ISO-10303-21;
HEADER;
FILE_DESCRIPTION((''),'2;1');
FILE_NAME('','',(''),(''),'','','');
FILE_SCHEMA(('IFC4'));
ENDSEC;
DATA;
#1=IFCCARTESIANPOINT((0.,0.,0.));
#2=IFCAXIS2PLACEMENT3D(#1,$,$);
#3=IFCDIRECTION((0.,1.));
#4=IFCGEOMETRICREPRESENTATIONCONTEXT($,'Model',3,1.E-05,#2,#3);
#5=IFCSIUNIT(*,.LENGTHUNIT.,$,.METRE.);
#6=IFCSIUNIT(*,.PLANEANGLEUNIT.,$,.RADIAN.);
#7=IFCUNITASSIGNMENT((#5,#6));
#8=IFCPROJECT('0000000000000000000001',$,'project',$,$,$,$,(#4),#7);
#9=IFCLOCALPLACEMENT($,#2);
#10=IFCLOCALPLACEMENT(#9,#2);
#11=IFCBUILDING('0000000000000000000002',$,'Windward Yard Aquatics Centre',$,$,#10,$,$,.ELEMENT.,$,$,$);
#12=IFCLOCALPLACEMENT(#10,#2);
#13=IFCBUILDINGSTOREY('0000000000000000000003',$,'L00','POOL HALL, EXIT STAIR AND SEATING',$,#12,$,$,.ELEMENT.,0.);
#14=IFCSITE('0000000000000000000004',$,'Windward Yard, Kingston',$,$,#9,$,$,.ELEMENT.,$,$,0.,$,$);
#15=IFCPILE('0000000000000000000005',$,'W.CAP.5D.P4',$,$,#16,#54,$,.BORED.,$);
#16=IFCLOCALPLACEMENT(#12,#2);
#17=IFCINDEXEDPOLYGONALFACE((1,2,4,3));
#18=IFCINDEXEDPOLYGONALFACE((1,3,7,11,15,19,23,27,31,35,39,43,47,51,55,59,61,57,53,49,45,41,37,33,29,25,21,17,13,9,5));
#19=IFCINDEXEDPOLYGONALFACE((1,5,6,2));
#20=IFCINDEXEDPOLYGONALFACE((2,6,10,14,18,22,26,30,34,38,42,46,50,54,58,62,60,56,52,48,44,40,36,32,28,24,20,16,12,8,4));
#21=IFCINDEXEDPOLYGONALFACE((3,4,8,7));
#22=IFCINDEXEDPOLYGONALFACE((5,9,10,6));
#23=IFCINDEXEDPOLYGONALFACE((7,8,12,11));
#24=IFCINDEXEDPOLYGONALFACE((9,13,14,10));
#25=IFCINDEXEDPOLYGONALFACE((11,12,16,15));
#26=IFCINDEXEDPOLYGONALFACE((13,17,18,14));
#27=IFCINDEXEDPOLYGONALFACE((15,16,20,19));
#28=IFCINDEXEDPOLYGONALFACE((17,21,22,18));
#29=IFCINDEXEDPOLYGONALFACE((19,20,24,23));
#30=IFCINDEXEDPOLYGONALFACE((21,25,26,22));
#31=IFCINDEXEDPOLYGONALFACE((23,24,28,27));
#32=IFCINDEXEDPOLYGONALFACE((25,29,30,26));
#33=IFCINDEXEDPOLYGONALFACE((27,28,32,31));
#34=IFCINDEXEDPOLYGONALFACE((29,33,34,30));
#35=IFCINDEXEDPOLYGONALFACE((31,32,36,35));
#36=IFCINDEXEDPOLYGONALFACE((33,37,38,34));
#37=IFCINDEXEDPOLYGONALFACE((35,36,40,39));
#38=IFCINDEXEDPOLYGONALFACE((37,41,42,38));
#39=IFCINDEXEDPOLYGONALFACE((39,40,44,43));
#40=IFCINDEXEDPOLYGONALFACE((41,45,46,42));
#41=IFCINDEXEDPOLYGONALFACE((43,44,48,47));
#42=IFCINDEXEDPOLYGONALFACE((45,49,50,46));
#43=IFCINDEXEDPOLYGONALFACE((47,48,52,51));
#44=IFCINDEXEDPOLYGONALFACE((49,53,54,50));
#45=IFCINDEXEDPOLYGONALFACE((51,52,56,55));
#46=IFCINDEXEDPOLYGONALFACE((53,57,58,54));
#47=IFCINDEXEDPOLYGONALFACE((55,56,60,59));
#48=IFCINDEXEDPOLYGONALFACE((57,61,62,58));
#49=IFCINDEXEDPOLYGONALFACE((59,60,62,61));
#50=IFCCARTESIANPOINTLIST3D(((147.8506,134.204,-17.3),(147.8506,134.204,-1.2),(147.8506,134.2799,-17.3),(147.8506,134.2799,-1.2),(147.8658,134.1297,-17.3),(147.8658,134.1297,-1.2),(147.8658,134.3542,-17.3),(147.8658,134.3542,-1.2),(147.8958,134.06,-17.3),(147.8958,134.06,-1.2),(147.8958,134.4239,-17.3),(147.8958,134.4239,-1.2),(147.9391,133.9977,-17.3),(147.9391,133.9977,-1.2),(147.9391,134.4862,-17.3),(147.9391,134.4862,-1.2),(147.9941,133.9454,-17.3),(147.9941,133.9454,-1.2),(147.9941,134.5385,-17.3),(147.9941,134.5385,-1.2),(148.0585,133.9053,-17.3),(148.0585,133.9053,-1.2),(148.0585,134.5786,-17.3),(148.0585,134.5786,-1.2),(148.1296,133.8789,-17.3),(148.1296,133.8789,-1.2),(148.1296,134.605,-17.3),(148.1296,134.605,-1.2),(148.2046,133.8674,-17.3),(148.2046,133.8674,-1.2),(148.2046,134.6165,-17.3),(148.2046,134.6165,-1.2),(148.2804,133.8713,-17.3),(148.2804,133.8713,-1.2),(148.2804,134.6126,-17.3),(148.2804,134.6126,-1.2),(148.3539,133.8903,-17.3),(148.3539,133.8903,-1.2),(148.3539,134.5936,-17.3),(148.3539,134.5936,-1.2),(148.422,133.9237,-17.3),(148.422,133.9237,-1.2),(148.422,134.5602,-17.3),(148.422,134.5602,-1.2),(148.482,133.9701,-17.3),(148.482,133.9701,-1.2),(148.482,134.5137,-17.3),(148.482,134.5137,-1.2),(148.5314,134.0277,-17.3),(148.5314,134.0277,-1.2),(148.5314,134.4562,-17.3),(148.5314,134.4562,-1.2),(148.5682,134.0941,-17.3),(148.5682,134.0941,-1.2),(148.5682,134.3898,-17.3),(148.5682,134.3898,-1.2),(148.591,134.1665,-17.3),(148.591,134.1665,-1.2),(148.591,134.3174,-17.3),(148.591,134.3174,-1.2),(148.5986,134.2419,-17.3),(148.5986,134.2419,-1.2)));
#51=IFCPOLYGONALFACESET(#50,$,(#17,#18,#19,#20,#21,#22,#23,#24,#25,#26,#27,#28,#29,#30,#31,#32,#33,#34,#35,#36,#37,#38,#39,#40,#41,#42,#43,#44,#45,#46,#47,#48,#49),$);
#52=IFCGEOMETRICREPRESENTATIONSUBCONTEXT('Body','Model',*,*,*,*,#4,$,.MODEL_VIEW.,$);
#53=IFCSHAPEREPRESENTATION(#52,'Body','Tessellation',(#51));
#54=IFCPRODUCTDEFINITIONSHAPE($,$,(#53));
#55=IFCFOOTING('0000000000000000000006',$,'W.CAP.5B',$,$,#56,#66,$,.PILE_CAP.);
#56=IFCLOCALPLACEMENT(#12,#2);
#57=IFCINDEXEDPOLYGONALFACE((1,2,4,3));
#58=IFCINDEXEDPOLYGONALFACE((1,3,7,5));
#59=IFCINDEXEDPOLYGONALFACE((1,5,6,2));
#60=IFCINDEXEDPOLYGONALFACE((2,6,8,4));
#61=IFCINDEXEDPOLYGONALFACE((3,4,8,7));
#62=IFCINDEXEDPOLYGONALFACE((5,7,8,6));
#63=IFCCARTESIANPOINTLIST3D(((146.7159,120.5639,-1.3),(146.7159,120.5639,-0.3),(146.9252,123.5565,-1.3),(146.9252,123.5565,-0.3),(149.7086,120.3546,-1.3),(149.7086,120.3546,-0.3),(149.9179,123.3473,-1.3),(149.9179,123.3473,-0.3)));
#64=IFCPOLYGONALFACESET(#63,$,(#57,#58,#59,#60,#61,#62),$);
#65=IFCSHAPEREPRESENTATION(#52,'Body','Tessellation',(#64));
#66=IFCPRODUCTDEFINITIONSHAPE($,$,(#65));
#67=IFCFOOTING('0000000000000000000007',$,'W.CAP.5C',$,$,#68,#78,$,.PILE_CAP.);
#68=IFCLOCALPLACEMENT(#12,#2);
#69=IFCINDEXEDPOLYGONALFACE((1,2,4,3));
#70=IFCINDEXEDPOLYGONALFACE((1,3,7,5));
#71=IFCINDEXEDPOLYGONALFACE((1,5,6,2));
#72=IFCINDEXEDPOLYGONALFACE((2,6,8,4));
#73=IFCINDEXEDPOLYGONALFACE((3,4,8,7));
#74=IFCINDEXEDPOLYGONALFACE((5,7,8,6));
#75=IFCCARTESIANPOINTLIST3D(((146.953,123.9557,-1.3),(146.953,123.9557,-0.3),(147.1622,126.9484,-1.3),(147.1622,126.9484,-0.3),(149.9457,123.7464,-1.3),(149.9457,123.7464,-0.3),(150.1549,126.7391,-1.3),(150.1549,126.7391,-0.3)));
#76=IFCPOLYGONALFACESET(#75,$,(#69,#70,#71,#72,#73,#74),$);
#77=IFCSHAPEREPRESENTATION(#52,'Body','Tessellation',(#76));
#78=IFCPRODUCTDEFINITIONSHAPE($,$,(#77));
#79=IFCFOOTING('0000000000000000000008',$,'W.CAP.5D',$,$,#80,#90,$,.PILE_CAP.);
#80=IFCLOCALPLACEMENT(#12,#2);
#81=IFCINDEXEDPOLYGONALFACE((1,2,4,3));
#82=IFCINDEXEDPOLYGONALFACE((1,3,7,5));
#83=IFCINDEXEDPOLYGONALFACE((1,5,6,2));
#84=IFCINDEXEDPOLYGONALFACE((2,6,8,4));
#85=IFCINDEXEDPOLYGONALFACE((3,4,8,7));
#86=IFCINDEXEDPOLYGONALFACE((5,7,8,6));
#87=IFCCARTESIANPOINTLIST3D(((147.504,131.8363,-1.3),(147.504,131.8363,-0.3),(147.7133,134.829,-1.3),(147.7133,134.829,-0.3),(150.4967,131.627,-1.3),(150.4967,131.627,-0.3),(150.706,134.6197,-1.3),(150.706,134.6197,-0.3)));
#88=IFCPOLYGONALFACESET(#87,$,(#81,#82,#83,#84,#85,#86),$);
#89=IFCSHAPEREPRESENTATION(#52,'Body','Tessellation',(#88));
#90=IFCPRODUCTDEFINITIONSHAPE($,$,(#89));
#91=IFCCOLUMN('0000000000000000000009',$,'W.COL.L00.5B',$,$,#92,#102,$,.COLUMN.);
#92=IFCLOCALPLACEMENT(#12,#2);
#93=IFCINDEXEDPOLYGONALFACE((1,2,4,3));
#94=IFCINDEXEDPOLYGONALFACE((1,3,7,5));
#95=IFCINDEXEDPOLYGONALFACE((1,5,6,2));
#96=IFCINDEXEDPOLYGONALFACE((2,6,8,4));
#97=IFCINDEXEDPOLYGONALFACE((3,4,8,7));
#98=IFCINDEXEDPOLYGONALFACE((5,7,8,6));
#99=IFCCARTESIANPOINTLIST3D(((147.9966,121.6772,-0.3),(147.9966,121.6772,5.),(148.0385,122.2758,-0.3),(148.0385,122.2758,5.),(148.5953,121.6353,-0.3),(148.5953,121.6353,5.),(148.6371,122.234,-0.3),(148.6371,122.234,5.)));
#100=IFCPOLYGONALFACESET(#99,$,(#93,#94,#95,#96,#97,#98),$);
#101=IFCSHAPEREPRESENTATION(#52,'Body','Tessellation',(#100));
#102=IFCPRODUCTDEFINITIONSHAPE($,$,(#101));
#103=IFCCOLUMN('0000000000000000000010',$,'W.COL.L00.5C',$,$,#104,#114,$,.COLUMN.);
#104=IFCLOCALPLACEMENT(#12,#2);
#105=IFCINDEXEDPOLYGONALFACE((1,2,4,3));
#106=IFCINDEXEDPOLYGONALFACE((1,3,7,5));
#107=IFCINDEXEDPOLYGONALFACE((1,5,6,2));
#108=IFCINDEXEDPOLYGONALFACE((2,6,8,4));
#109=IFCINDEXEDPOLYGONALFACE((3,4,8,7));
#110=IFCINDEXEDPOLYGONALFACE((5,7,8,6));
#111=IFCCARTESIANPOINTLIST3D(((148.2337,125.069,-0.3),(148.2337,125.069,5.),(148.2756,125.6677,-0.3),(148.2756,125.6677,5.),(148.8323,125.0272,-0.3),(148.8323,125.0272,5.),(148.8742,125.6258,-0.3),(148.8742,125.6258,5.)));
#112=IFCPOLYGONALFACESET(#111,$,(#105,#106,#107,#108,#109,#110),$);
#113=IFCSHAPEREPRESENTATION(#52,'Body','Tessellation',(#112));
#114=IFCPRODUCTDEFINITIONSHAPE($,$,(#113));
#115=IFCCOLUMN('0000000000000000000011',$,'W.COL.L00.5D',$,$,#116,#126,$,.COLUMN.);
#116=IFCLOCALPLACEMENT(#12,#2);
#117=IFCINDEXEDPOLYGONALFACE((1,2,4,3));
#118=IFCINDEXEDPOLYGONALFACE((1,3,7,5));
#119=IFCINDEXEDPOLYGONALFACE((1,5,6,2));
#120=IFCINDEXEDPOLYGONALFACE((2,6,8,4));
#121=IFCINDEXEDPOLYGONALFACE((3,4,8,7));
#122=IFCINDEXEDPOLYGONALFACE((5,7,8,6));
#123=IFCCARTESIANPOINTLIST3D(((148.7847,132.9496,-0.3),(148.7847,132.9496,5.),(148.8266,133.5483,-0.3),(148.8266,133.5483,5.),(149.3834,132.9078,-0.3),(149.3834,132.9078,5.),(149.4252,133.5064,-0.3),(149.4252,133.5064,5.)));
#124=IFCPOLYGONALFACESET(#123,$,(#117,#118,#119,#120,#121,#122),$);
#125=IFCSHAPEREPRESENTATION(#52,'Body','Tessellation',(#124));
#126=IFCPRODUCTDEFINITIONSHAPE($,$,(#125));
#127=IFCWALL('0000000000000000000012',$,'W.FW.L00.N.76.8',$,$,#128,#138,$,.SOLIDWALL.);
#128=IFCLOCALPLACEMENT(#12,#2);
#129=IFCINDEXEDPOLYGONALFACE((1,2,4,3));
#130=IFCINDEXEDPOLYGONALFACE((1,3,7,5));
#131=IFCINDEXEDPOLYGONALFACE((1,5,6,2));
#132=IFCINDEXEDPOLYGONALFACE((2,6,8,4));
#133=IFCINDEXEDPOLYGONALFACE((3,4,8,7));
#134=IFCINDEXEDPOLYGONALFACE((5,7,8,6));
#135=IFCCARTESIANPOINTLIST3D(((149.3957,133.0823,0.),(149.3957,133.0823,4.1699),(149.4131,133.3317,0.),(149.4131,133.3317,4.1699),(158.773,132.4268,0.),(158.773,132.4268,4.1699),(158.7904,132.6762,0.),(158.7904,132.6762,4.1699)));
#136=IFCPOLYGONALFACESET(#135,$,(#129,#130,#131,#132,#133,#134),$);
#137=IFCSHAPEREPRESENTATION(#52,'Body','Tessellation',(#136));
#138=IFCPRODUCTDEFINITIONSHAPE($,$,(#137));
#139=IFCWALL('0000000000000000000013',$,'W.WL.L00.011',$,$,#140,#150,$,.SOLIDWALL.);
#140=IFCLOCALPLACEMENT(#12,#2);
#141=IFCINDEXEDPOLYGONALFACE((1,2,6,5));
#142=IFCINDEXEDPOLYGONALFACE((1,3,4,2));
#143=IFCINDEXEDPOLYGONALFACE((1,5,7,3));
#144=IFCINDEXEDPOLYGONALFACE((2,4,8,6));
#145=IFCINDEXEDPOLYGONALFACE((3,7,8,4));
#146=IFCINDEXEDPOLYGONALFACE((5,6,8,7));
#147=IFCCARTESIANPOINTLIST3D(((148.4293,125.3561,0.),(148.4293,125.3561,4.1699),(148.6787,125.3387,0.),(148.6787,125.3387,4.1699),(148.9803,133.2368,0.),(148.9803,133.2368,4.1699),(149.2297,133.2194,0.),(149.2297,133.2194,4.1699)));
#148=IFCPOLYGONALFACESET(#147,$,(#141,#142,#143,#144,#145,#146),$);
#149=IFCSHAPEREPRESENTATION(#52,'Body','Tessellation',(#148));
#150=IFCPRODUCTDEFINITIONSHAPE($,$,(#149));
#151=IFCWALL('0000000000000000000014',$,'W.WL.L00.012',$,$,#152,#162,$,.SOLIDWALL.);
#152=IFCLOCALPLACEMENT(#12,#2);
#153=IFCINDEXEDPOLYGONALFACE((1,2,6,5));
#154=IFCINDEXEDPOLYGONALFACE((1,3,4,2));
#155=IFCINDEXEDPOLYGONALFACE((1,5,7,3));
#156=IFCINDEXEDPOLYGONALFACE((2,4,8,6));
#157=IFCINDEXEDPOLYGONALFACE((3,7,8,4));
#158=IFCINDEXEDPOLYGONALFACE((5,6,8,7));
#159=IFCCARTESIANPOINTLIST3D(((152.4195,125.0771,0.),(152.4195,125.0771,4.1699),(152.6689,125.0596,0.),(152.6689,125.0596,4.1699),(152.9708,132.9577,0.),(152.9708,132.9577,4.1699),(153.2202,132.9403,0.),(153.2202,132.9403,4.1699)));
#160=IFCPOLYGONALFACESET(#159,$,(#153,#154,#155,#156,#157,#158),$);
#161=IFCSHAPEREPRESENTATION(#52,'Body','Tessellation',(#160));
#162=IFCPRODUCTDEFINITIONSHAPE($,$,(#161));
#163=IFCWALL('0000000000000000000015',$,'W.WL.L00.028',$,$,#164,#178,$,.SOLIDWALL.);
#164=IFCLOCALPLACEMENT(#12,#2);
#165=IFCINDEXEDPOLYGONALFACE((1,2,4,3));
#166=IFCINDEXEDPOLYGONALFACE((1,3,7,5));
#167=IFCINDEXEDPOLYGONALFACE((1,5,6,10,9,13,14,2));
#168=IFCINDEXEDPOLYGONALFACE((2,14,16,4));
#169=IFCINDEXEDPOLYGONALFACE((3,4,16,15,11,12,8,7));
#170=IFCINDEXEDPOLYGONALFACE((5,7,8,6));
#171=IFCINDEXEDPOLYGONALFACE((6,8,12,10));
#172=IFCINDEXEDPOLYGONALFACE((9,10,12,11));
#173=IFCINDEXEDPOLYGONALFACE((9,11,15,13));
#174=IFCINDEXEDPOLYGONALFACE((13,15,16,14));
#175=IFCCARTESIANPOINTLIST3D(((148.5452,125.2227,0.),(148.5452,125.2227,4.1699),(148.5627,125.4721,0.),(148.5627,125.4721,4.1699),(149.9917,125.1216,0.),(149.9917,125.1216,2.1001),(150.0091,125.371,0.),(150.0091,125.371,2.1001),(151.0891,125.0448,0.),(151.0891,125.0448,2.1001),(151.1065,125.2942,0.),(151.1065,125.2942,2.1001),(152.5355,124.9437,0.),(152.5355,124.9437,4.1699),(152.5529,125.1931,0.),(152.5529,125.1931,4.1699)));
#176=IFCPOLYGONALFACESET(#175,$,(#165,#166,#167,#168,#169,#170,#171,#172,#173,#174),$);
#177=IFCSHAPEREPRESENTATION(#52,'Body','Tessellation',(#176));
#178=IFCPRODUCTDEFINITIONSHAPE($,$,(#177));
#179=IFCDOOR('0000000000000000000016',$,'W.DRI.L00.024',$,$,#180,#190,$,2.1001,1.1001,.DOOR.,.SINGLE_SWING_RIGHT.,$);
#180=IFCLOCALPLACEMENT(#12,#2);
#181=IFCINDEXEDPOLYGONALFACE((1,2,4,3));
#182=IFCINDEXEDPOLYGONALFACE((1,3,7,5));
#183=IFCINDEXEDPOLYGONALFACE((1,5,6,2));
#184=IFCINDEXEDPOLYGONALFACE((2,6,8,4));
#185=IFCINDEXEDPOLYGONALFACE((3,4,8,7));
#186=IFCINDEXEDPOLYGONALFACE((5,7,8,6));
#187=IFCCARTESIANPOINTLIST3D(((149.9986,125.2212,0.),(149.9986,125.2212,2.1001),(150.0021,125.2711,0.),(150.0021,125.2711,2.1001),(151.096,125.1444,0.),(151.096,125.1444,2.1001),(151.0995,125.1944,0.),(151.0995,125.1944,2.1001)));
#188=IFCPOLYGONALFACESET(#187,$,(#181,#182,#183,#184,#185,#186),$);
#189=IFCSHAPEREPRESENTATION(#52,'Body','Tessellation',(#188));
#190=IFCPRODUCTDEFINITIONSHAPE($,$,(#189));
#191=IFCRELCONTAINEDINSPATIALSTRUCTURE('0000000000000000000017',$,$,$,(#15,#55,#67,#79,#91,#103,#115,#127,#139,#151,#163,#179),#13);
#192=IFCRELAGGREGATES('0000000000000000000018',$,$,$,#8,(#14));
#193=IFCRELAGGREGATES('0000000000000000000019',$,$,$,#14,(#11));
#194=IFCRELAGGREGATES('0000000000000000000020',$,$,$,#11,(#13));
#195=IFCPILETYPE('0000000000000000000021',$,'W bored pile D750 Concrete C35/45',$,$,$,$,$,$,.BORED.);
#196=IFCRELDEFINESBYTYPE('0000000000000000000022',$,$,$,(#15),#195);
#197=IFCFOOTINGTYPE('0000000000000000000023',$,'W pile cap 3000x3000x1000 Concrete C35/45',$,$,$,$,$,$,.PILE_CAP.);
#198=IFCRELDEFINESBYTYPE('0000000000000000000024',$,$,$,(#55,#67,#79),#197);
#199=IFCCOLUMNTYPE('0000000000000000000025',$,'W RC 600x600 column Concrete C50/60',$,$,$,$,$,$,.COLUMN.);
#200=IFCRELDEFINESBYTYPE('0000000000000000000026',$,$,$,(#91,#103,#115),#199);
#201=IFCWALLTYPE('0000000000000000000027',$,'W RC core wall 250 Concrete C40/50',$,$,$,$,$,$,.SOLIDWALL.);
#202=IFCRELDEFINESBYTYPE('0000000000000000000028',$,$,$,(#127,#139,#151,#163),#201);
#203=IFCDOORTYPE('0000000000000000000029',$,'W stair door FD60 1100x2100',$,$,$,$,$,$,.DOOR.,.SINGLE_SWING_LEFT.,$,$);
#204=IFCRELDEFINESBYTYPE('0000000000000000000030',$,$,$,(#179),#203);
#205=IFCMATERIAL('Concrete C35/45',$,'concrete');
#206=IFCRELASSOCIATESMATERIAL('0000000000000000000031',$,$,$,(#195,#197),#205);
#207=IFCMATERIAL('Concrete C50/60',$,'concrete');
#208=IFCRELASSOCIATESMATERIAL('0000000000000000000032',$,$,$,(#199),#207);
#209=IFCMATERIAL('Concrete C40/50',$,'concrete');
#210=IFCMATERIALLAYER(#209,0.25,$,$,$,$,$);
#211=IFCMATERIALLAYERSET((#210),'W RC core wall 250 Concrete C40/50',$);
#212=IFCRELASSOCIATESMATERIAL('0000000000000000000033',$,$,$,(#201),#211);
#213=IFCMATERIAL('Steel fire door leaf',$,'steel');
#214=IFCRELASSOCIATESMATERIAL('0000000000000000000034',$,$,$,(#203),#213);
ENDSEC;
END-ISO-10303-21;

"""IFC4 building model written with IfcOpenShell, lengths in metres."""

from ifc_helpers import new_model, si_unit, direction, frame, frame_2d, origin, origin_2d, place, context, subcontext, project, spatial, rectangle, circle, extrude, material, layer, layer_set, material_profile, profile_set, type_object, element, fill, save


model = new_model("IFC4")

# Units and contexts
model_context = context("Model", 3, precision=1e-05, world=origin(), true_north=direction((0.0, 1.0)))
body_context = subcontext(model_context, "Body", "Model", "MODEL_VIEW")
ifc_project = project(units=[si_unit("LENGTHUNIT", "METRE"), si_unit("PLANEANGLEUNIT", "RADIAN")], contexts=[model_context])

# Site, building, storey
site_placement = place(None, origin())
site = spatial("IfcSite", under=ifc_project, at=site_placement, Name="Windward Yard, Kingston", CompositionType="ELEMENT", RefElevation=0.0)
building_placement = place(site_placement, origin())
building = spatial("IfcBuilding", under=site, at=building_placement, Name="Windward Yard Aquatics Centre", CompositionType="ELEMENT")
storey_placement = place(building_placement, origin())
storey = spatial("IfcBuildingStorey", under=building, at=storey_placement, Name="L00", Description="POOL HALL, EXIT STAIR AND SEATING", CompositionType="ELEMENT", Elevation=0.0)

# Pile
ifc_material_1 = material(Name="Concrete C35/45", Category="concrete")
ifc_material_profile_1 = material_profile(ifc_material_1, circle(Radius=0.375, at=origin_2d()), Name="D750")
ifc_profile_set_1 = profile_set([ifc_material_profile_1], Name="Concrete C35/45")
pile_type_1 = type_object("IfcPileType", Name="W bored pile D750 Concrete C35/45", PredefinedType="BORED", material=ifc_profile_set_1)
for number, where, z_axis, x_axis, name in (
    (1, (148.2236, 134.2419, -1.2), (0.0, 0.0, -1.0), (1.0, 0.0, 0.0), "W.CAP.5D.P4"),
):
    element("IfcPile", number, at=place(storey_placement, frame(where, z_axis=z_axis, x_axis=x_axis)), inside=storey, type_object=pile_type_1, Name=name, PredefinedType="BORED", context=body_context, shape_type="SweptSolid", body=[
        extrude(circle(Radius=0.375, at=origin_2d()), origin(), (0.0, 0.0, 1.0), 16.1001),
    ])

# Footings
footing_type = type_object("IfcFootingType", Name="W pile cap 3000x3000x1000 Concrete C35/45", PredefinedType="PILE_CAP", material=ifc_material_1)
for number, where, z_axis, x_axis, name in (
    (2, (148.3169, 121.9556, -1.3), (0.0, 0.0, 1.0), (0.997564, -0.069756, 0.0), "W.CAP.5B"),
    (3, (148.554, 125.3474, -1.3), (0.0, 0.0, 1.0), (0.997564, -0.069756, 0.0), "W.CAP.5C"),
    (4, (149.105, 133.228, -1.3), (0.0, 0.0, 1.0), (0.997564, -0.069756, 0.0), "W.CAP.5D"),
):
    element("IfcFooting", number, at=place(storey_placement, frame(where, z_axis=z_axis, x_axis=x_axis)), inside=storey, type_object=footing_type, Name=name, PredefinedType="PILE_CAP", context=body_context, shape_type="SweptSolid", body=[
        extrude(rectangle(XDim=3.0, YDim=3.0, at=origin_2d()), origin(), (0.0, 0.0, 1.0), 1.0),
    ])

# Columns
ifc_material_2 = material(Name="Concrete C50/60", Category="concrete")
ifc_material_profile_2 = material_profile(ifc_material_2, rectangle(XDim=0.6001, YDim=0.6001, at=origin_2d()), Name="RC 600x600")
ifc_profile_set_2 = profile_set([ifc_material_profile_2], Name="Concrete C50/60")
column_type = type_object("IfcColumnType", Name="W RC 600x600 column Concrete C50/60", PredefinedType="COLUMN", material=ifc_profile_set_2)
for number, where, z_axis, x_axis, name in (
    (5, (148.3169, 121.9556, -0.3), (0.0, 0.0, 1.0), (0.997564, -0.069756, 0.0), "W.COL.L00.5B"),
    (6, (148.554, 125.3474, -0.3), (0.0, 0.0, 1.0), (0.997564, -0.069756, 0.0), "W.COL.L00.5C"),
    (7, (149.105, 133.228, -0.3), (0.0, 0.0, 1.0), (0.997564, -0.069756, 0.0), "W.COL.L00.5D"),
):
    element("IfcColumn", number, at=place(storey_placement, frame(where, z_axis=z_axis, x_axis=x_axis)), inside=storey, type_object=column_type, Name=name, PredefinedType="COLUMN", context=body_context, shape_type="SweptSolid", body=[
        extrude(rectangle(XDim=0.6001, YDim=0.6001, at=origin_2d()), origin(), (0.0, 0.0, 1.0), 5.3),
    ])

# Walls
ifc_material_3 = material(Name="Concrete C40/50", Category="concrete")
ifc_layer_1 = layer(ifc_material_3, 0.25)
ifc_layer_set_1 = layer_set([ifc_layer_1], Name="W RC core wall 250 Concrete C40/50")
wall_type_1 = type_object("IfcWallType", Name="W RC core wall 250 Concrete C40/50", PredefinedType="SOLIDWALL", material=ifc_layer_set_1)
wall_1_placement = place(storey_placement, frame((149.4043, 133.207, 0.0), z_axis=(0.0, 0.0, 1.0), x_axis=(0.997566, -0.069735, 0.0)))
element("IfcWall", 8, at=wall_1_placement, inside=storey, type_object=wall_type_1, Name="W.FW.L00.N.76.8", PredefinedType="SOLIDWALL", context=body_context, shape_type="SweptSolid", body=[
    extrude(rectangle(XDim=9.4001, YDim=0.25, at=frame_2d((4.7002, 0.0))), origin(), (0.0, 0.0, 1.0), 4.1699),
])
for number, where, z_axis, x_axis, name in (
    (9, (148.554, 125.3474, 0.0), (0.0, 0.0, 1.0), (0.069751, 0.997564, 0.0), "W.WL.L00.011"),
    (10, (152.5442, 125.0684, 0.0), (0.0, 0.0, 1.0), (0.069782, 0.997562, 0.0), "W.WL.L00.012"),
):
    element("IfcWall", number, at=place(storey_placement, frame(where, z_axis=z_axis, x_axis=x_axis)), inside=storey, type_object=wall_type_1, Name=name, PredefinedType="SOLIDWALL", context=body_context, shape_type="SweptSolid", body=[
        extrude(rectangle(XDim=7.8999, YDim=0.25, at=frame_2d((3.95, 0.0))), origin(), (0.0, 0.0, 1.0), 4.1699),
    ])

# Wall, opening, door
wall_2_placement = place(storey_placement, frame((148.554, 125.3474, 0.0), z_axis=(0.0, 0.0, 1.0), x_axis=(0.997564, -0.069764, 0.0)))
wall_2 = element("IfcWall", 11, at=wall_2_placement, inside=storey, type_object=wall_type_1, Name="W.WL.L00.028", PredefinedType="SOLIDWALL", context=body_context, shape_type="SweptSolid", body=[
    extrude(rectangle(XDim=4.0, YDim=0.25, at=frame_2d((2.0, 0.0))), origin(), (0.0, 0.0, 1.0), 4.1699),
])
opening_1_placement = place(wall_2_placement, frame((1.45, 0.0, 0.0)))
opening_1 = element("IfcOpeningElement", 12, at=opening_1_placement, cuts=wall_2, PredefinedType="OPENING", context=body_context, shape_type="SweptSolid", body=[
    extrude(rectangle(XDim=1.1001, YDim=2.1001, at=frame_2d((0.55, 1.05))), frame((0.0, 0.135, 0.0), z_axis=(0.0, -1.0, 0.0), x_axis=(1.0, 0.0, 0.0)), (0.0, 0.0, 1.0), 0.27),
])
ifc_material_4 = material(Name="Steel fire door leaf", Category="steel")
door_type_1 = type_object("IfcDoorType", Name="W stair door FD60 1100x2100", OperationType="SINGLE_SWING_LEFT", PredefinedType="DOOR", material=ifc_material_4)
door_1_placement = place(opening_1_placement, origin())
door_1 = element("IfcDoor", 13, at=door_1_placement, inside=storey, type_object=door_type_1, Name="W.DRI.L00.024", OperationType="SINGLE_SWING_RIGHT", OverallHeight=2.1001, OverallWidth=1.1001, PredefinedType="DOOR", context=body_context, shape_type="SweptSolid", body=[
    extrude(rectangle(XDim=1.1001, YDim=2.1001, at=frame_2d((0.55, 1.05))), frame((0.0, 0.0249, 0.0), z_axis=(0.0, -1.0, 0.0), x_axis=(1.0, 0.0, 0.0)), (0.0, 0.0, 1.0), 0.05),
])
fill(opening_1, door_1)

save(model, "model.ifc")
